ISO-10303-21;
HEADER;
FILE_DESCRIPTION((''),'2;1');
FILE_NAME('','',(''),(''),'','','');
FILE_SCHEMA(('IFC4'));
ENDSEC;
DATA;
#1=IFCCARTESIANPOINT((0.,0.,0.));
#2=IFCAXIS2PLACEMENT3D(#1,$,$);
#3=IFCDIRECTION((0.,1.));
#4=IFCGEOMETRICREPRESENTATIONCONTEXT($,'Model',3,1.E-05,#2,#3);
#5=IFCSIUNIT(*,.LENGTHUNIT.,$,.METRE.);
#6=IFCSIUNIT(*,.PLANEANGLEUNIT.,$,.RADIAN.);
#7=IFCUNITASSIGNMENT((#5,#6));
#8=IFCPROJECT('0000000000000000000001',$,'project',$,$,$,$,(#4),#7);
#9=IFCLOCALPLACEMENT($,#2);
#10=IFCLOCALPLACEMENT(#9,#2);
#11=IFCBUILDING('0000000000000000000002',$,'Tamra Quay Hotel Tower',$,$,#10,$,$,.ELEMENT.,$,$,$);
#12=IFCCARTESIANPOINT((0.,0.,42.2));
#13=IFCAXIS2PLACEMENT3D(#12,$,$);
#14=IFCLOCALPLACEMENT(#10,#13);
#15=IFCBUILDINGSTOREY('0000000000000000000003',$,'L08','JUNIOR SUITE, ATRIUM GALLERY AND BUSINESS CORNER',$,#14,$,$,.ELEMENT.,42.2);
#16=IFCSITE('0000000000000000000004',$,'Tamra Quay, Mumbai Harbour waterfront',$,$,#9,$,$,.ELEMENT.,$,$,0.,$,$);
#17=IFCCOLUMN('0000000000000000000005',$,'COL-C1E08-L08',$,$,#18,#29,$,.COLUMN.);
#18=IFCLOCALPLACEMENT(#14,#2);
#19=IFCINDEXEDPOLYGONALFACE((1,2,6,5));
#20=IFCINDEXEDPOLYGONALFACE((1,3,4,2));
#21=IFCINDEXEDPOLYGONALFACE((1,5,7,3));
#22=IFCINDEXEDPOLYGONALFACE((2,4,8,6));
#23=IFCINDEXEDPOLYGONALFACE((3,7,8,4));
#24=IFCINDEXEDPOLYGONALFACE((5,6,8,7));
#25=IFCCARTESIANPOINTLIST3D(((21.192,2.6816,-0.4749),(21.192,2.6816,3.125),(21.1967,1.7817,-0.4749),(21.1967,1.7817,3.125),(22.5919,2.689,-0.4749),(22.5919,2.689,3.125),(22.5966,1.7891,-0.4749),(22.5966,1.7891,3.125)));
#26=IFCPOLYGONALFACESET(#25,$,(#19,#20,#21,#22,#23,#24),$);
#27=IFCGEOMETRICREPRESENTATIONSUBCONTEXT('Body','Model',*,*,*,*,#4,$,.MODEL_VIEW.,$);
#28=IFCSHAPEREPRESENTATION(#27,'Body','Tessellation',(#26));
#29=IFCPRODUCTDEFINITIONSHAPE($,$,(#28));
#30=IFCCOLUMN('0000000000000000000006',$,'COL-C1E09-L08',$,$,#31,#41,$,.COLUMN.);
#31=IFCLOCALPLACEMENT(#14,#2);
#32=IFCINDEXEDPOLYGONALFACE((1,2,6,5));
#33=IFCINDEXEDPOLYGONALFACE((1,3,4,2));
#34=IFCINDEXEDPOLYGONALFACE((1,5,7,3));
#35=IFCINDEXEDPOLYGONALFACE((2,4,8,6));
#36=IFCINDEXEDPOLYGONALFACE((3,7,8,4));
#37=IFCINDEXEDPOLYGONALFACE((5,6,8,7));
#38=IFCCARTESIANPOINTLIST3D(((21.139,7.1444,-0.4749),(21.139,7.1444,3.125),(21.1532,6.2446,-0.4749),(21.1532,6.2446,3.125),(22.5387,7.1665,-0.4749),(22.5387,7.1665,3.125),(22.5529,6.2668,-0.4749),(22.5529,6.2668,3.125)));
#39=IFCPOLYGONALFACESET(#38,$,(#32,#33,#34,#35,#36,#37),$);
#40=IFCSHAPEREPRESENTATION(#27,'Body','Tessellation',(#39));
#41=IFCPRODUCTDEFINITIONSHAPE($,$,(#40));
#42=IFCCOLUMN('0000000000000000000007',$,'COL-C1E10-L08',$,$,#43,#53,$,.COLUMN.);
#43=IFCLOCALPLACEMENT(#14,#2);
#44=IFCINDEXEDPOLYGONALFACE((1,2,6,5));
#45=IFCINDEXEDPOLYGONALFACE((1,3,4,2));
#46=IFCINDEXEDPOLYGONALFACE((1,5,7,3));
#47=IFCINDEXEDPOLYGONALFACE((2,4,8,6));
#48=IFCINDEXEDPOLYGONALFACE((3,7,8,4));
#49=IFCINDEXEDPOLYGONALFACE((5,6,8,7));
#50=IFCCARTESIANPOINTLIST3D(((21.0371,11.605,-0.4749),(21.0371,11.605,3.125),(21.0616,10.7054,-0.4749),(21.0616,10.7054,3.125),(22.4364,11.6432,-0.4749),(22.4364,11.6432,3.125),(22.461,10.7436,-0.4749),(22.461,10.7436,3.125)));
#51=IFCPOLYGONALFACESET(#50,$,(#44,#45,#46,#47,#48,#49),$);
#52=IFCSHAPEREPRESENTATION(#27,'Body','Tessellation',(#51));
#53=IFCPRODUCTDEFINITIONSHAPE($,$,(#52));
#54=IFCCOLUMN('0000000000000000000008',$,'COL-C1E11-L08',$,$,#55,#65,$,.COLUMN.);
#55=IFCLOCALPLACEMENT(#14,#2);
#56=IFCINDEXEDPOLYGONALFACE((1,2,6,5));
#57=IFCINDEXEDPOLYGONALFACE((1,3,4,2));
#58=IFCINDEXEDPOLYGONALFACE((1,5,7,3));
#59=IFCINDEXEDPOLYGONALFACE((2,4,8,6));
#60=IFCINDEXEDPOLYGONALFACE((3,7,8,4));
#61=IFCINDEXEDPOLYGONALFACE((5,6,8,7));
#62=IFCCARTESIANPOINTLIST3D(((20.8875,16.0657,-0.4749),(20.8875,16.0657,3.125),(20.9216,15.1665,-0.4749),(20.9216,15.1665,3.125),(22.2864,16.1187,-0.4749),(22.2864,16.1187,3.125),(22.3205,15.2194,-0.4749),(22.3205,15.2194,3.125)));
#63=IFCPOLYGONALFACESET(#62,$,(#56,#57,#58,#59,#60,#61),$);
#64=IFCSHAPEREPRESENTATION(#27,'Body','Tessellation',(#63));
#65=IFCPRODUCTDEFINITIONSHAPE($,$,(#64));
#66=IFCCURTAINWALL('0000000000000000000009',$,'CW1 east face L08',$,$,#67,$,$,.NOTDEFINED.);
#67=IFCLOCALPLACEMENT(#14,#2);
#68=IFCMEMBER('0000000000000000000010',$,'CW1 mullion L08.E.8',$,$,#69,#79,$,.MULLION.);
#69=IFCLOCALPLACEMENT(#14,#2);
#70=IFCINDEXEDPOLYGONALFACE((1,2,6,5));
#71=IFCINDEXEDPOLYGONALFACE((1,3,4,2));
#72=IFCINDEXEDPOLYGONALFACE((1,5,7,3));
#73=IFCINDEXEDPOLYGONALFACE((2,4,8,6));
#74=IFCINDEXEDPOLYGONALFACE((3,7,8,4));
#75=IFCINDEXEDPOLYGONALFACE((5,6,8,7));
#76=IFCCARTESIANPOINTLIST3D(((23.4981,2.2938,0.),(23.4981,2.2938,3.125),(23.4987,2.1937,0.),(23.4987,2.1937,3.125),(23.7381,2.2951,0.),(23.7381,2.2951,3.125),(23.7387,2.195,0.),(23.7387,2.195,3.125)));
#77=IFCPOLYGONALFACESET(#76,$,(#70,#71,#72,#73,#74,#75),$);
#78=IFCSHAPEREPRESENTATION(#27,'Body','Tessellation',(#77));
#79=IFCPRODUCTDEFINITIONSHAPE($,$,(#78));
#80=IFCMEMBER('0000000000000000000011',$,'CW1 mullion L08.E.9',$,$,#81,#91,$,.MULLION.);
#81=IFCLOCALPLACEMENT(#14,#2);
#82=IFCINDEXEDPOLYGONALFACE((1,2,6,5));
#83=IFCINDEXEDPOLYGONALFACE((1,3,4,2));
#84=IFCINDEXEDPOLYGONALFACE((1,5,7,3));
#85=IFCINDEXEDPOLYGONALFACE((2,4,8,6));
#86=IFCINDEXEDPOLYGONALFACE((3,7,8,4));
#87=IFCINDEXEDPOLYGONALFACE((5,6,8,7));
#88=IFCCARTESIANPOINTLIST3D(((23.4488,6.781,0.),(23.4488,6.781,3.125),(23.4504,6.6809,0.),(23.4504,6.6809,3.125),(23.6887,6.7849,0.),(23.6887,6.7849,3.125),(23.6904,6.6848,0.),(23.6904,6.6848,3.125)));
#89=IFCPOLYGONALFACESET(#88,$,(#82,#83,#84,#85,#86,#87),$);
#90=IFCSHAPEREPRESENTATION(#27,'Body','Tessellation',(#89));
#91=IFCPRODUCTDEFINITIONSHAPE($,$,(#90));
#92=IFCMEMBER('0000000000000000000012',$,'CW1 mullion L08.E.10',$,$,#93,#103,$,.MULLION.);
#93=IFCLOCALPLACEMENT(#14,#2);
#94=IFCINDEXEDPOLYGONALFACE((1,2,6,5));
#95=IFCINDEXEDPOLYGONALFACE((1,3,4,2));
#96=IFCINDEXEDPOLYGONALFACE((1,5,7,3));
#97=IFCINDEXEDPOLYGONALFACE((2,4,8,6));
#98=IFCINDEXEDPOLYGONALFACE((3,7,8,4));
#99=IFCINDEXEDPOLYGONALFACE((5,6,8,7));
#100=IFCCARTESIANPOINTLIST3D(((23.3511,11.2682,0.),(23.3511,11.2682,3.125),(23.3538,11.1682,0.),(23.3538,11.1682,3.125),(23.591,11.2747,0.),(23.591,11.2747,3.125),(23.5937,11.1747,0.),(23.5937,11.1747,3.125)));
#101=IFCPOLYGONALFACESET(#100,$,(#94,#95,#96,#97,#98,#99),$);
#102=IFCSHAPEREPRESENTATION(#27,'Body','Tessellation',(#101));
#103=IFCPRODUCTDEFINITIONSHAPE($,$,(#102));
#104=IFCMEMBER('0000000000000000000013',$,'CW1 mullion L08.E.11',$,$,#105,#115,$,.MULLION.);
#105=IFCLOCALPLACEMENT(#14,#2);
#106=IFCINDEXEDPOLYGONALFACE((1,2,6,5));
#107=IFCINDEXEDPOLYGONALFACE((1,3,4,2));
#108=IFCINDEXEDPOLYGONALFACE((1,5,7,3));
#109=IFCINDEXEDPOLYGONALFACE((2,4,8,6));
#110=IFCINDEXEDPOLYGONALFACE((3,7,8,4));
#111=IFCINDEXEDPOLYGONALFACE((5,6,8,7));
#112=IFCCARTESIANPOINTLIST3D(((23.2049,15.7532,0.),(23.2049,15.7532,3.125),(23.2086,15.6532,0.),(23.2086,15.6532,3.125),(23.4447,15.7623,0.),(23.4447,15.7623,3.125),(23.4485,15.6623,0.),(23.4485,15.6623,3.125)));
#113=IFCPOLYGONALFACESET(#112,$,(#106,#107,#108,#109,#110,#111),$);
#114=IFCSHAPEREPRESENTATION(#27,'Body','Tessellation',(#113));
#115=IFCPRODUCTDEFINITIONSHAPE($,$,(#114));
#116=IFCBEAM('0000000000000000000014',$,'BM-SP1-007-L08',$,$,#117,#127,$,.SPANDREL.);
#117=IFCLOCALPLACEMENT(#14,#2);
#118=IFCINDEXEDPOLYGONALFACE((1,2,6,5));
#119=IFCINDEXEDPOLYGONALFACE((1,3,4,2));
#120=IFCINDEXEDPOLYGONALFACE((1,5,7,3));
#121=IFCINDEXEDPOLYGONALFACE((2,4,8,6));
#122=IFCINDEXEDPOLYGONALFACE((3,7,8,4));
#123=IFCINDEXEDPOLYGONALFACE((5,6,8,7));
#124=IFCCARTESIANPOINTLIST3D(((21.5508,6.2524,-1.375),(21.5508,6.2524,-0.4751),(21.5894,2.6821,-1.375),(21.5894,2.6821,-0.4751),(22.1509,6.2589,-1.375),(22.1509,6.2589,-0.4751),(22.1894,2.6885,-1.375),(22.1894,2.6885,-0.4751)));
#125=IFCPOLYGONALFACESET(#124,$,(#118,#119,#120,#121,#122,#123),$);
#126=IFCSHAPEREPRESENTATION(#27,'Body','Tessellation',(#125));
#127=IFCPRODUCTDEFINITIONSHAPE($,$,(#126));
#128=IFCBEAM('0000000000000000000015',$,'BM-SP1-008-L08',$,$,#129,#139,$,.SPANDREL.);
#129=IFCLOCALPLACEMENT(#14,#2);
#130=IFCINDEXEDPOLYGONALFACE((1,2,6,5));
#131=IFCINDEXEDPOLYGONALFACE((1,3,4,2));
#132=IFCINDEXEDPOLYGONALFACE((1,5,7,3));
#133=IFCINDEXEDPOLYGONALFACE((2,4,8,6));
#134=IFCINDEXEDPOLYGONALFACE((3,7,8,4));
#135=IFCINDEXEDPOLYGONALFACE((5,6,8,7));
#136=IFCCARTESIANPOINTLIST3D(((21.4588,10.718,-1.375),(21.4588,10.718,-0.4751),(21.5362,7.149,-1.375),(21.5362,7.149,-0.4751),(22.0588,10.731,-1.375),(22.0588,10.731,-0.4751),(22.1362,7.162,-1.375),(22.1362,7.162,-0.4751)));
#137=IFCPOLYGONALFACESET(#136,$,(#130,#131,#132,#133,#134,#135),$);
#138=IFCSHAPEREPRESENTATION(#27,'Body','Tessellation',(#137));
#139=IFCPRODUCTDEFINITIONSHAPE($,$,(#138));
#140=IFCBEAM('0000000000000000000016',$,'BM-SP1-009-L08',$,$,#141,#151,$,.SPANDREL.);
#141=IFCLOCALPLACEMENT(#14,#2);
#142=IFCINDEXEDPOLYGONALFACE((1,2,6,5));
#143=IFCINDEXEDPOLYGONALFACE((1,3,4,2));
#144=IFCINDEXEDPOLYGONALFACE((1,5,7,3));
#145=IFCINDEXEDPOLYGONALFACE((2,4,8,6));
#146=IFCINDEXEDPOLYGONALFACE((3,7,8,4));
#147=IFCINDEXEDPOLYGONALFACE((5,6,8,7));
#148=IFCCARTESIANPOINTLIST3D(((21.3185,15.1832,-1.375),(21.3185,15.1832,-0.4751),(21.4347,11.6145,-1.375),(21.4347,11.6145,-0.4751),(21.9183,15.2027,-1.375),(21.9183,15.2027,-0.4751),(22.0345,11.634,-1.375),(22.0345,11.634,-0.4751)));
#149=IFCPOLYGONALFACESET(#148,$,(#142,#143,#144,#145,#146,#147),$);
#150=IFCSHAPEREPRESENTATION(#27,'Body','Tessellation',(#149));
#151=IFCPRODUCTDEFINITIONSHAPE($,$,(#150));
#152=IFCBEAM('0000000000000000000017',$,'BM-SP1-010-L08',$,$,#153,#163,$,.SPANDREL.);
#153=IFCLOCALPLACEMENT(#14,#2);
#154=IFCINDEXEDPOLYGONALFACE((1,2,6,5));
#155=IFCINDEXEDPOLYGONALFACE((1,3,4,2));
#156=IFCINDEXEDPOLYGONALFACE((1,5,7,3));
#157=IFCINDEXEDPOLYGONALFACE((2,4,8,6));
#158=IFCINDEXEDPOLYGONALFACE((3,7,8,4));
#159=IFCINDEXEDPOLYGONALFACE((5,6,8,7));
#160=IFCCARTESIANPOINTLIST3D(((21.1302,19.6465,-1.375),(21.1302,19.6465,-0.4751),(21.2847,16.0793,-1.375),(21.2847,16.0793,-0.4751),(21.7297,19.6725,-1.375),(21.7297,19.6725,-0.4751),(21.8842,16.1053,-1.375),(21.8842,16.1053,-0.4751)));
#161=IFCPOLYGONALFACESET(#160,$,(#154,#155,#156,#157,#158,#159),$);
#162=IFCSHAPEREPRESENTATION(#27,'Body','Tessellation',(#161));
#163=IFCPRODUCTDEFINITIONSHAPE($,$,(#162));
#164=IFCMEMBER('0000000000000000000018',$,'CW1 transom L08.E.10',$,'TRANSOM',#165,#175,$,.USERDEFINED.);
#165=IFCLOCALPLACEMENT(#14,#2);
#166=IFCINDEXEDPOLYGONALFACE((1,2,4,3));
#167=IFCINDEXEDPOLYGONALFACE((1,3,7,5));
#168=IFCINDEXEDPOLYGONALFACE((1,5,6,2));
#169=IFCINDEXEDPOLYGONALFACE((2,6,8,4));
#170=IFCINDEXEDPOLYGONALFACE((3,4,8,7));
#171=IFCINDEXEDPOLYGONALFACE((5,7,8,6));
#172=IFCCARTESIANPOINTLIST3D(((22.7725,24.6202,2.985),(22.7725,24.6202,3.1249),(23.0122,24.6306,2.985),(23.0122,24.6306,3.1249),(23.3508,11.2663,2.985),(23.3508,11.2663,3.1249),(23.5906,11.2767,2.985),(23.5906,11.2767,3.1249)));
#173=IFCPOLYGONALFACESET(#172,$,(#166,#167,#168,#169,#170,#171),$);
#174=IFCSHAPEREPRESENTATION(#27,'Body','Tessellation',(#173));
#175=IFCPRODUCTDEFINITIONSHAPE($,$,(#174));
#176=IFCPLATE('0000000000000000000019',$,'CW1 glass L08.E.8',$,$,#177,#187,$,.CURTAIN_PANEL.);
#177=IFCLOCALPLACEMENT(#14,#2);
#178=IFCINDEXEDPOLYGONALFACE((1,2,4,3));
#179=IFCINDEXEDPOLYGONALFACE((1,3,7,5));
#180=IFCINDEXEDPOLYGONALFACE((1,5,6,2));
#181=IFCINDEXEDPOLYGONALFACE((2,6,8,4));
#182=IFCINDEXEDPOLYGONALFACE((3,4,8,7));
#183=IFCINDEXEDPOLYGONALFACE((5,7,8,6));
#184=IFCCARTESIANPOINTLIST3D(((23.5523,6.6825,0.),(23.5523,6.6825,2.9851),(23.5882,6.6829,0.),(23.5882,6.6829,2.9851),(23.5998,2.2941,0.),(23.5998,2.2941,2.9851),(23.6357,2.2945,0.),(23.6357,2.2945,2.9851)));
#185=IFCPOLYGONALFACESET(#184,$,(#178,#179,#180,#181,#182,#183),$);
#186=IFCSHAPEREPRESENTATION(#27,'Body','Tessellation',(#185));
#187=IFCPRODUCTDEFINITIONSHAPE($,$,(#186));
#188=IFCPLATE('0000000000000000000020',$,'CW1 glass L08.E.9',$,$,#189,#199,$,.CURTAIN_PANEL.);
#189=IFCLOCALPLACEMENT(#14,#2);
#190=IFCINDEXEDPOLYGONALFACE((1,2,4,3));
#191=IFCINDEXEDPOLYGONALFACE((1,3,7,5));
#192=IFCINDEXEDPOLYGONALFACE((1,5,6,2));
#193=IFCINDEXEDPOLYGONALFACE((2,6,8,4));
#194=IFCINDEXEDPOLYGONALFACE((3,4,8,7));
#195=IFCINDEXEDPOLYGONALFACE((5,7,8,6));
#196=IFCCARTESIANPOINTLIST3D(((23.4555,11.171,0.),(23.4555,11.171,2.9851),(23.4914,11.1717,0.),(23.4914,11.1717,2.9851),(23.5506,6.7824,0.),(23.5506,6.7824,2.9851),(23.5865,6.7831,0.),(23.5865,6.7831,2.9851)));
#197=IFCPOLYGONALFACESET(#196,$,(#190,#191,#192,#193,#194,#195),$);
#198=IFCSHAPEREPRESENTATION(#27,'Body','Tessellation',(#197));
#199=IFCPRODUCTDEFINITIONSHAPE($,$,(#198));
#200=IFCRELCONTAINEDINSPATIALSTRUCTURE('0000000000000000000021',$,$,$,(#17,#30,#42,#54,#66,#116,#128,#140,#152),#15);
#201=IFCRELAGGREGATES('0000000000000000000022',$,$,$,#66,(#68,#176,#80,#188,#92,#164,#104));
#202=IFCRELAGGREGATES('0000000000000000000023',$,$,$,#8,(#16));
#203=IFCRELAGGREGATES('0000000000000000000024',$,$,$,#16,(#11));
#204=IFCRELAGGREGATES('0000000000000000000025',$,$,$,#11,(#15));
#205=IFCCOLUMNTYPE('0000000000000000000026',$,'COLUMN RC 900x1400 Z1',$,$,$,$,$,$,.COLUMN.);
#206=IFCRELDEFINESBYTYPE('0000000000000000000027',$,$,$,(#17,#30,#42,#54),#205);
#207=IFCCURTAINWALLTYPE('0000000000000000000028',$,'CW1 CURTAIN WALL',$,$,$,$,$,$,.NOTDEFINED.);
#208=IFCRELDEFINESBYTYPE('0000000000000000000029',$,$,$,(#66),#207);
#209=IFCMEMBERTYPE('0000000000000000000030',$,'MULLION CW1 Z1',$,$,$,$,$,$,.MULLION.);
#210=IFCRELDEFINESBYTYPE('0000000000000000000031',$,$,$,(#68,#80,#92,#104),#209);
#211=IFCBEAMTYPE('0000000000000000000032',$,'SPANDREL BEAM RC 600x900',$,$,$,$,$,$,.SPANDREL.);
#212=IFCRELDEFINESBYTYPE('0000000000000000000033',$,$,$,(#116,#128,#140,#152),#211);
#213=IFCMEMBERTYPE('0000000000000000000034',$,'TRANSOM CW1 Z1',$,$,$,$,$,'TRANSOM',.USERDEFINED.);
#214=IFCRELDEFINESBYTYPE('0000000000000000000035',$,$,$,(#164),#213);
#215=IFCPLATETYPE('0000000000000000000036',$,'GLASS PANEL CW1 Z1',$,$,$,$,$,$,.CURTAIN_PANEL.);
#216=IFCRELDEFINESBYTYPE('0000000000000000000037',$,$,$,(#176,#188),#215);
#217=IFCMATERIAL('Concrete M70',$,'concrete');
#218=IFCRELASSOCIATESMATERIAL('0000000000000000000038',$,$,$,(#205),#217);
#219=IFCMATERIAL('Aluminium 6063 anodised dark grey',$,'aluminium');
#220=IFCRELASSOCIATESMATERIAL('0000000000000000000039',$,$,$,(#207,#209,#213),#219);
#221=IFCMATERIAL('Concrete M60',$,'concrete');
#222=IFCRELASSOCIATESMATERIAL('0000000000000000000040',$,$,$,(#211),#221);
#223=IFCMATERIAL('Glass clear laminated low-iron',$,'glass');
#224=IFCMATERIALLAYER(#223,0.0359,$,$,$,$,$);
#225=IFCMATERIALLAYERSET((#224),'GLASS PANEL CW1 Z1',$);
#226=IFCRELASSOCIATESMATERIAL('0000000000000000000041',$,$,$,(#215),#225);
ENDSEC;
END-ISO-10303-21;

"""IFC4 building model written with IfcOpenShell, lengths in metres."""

from ifc_helpers import new_model, si_unit, direction, frame, origin, origin_2d, place, context, subcontext, project, spatial, rectangle, extrude, material, layer, layer_set, material_profile, profile_set, type_object, element, aggregate, save


model = new_model("IFC4")

# Units and contexts
model_context = context("Model", 3, precision=1e-05, world=origin(), true_north=direction((0.0, 1.0)))
body_context = subcontext(model_context, "Body", "Model", "MODEL_VIEW")
ifc_project = project(units=[si_unit("LENGTHUNIT", "METRE"), si_unit("PLANEANGLEUNIT", "RADIAN")], contexts=[model_context])

# Site, building, storey
site_placement = place(None, origin())
site = spatial("IfcSite", under=ifc_project, at=site_placement, Name="Tamra Quay, Mumbai Harbour waterfront", CompositionType="ELEMENT", RefElevation=0.0)
building_placement = place(site_placement, origin())
building = spatial("IfcBuilding", under=site, at=building_placement, Name="Tamra Quay Hotel Tower", CompositionType="ELEMENT")
storey_placement = place(building_placement, frame((0.0, 0.0, 42.2)))
storey = spatial("IfcBuildingStorey", under=building, at=storey_placement, Name="L08", Description="JUNIOR SUITE, ATRIUM GALLERY AND BUSINESS CORNER", CompositionType="ELEMENT", Elevation=42.2)

# Columns
ifc_material_1 = material(Name="Concrete M70", Category="concrete")
ifc_material_profile_1 = material_profile(ifc_material_1, rectangle(XDim=1.3999, YDim=0.8999, at=origin_2d()), Name="COLUMN RC 900x1400 Z1")
ifc_profile_set_1 = profile_set([ifc_material_profile_1], Name="Concrete M70")
column_type = type_object("IfcColumnType", Name="COLUMN RC 900x1400 Z1", PredefinedType="COLUMN", material=ifc_profile_set_1)
for number, where, z_axis, x_axis, name in (
    (1, (21.8943, 2.2354, -0.4749), (0.0, 0.0, 1.0), (0.999986, 0.00528, 0.0), "COL-C1E08-L08"),
    (2, (21.8459, 6.7056, -0.4749), (0.0, 0.0, 1.0), (0.999875, 0.015838, 0.0), "COL-C1E09-L08"),
    (3, (21.749, 11.1743, -0.4749), (0.0, 0.0, 1.0), (0.999628, 0.027269, 0.0), "COL-C1E10-L08"),
    (4, (21.604, 15.6426, -0.4749), (0.0, 0.0, 1.0), (0.999285, 0.037812, 0.0), "COL-C1E11-L08"),
):
    element("IfcColumn", number, at=place(storey_placement, frame(where, z_axis=z_axis, x_axis=x_axis)), inside=storey, type_object=column_type, Name=name, PredefinedType="COLUMN", context=body_context, shape_type="SweptSolid", body=[
        extrude(rectangle(XDim=1.3999, YDim=0.8999, at=origin_2d()), origin(), (0.0, 0.0, 1.0), 3.5999),
    ])

# Curtain wall, members
ifc_material_2 = material(Name="Aluminium 6063 anodised dark grey", Category="aluminium")
curtain_wall_type = type_object("IfcCurtainWallType", Name="CW1 CURTAIN WALL", PredefinedType="NOTDEFINED", material=ifc_material_2)
curtain_wall_placement = place(storey_placement, origin())
curtain_wall = element("IfcCurtainWall", 5, at=curtain_wall_placement, inside=storey, type_object=curtain_wall_type, Name="CW1 east face L08", PredefinedType="NOTDEFINED")
ifc_material_profile_2 = material_profile(ifc_material_2, rectangle(XDim=0.24, YDim=0.1001, at=origin_2d()), Name="MULLION 100X240")
ifc_profile_set_2 = profile_set([ifc_material_profile_2], Name="Aluminium 6063 anodised dark grey")
member_type_1 = type_object("IfcMemberType", Name="MULLION CW1 Z1", PredefinedType="MULLION", material=ifc_profile_set_2)
member_1_placement = place(storey_placement, frame((23.6184, 2.2444, 0.0), z_axis=(0.0, 0.0, 1.0), x_axis=(0.999985, 0.005418, 0.0)))
member_1 = element("IfcMember", 6, at=member_1_placement, type_object=member_type_1, Name="CW1 mullion L08.E.8", PredefinedType="MULLION", context=body_context, shape_type="SweptSolid", body=[
    extrude(rectangle(XDim=0.24, YDim=0.1001, at=origin_2d()), origin(), (0.0, 0.0, 1.0), 3.125),
])
member_2_placement = place(storey_placement, frame((23.5696, 6.7329, 0.0), z_axis=(0.0, 0.0, 1.0), x_axis=(0.999868, 0.016247, 0.0)))
member_2 = element("IfcMember", 7, at=member_2_placement, type_object=member_type_1, Name="CW1 mullion L08.E.9", PredefinedType="MULLION", context=body_context, shape_type="SweptSolid", body=[
    extrude(rectangle(XDim=0.24, YDim=0.1001, at=origin_2d()), origin(), (0.0, 0.0, 1.0), 3.125),
])
member_3_placement = place(storey_placement, frame((23.4724, 11.2214, 0.0), z_axis=(0.0, 0.0, 1.0), x_axis=(0.999634, 0.027067, 0.0)))
member_3 = element("IfcMember", 8, at=member_3_placement, type_object=member_type_1, Name="CW1 mullion L08.E.10", PredefinedType="MULLION", context=body_context, shape_type="SweptSolid", body=[
    extrude(rectangle(XDim=0.24, YDim=0.1001, at=origin_2d()), origin(), (0.0, 0.0, 1.0), 3.125),
])
member_4_placement = place(storey_placement, frame((23.3267, 15.7078, 0.0), z_axis=(0.0, 0.0, 1.0), x_axis=(0.999282, 0.037881, 0.0)))
member_4 = element("IfcMember", 9, at=member_4_placement, type_object=member_type_1, Name="CW1 mullion L08.E.11", PredefinedType="MULLION", context=body_context, shape_type="SweptSolid", body=[
    extrude(rectangle(XDim=0.24, YDim=0.1001, at=origin_2d()), origin(), (0.0, 0.0, 1.0), 3.125),
])

# Beams
ifc_material_3 = material(Name="Concrete M60", Category="concrete")
ifc_material_profile_3 = material_profile(ifc_material_3, rectangle(XDim=0.6001, YDim=0.8999, at=origin_2d()), Name="SPANDREL BEAM RC 600x900")
ifc_profile_set_3 = profile_set([ifc_material_profile_3], Name="Concrete M60")
beam_type = type_object("IfcBeamType", Name="SPANDREL BEAM RC 600x900", PredefinedType="SPANDREL", material=ifc_profile_set_3)
beam_1_placement = place(storey_placement, frame((21.8894, 2.6853, -0.925), z_axis=(-0.010804, 0.999942, 0.0), x_axis=(-0.999942, -0.010804, 0.0)))
element("IfcBeam", 10, at=beam_1_placement, inside=storey, type_object=beam_type, Name="BM-SP1-007-L08", PredefinedType="SPANDREL", context=body_context, shape_type="SweptSolid", body=[
    extrude(rectangle(XDim=0.6001, YDim=0.8999, at=origin_2d()), origin(), (0.0, 0.0, 1.0), 3.5706),
])
beam_2_placement = place(storey_placement, frame((21.8362, 7.1555, -0.925), z_axis=(-0.021679, 0.999765, 0.0), x_axis=(-0.999765, -0.021679, 0.0)))
element("IfcBeam", 11, at=beam_2_placement, inside=storey, type_object=beam_type, Name="BM-SP1-008-L08", PredefinedType="SPANDREL", context=body_context, shape_type="SweptSolid", body=[
    extrude(rectangle(XDim=0.6001, YDim=0.8999, at=origin_2d()), origin(), (0.0, 0.0, 1.0), 3.5698),
])
for number, where, z_axis, x_axis, name in (
    (12, (21.7346, 11.6243, -0.925), (-0.032548, 0.99947, 0.0), (-0.99947, -0.032548, 0.0), "BM-SP1-009-L08"),
    (13, (21.5845, 16.0923, -0.925), (-0.043283, 0.999063, 0.0), (-0.999063, -0.043283, 0.0), "BM-SP1-010-L08"),
):
    element("IfcBeam", number, at=place(storey_placement, frame(where, z_axis=z_axis, x_axis=x_axis)), inside=storey, type_object=beam_type, Name=name, PredefinedType="SPANDREL", context=body_context, shape_type="SweptSolid", body=[
        extrude(rectangle(XDim=0.6001, YDim=0.8999, at=origin_2d()), origin(), (0.0, 0.0, 1.0), 3.5706),
    ])

# Member
ifc_material_profile_4 = material_profile(ifc_material_2, rectangle(XDim=0.24, YDim=0.1399, at=origin_2d()), Name="TRANSOM 240X140")
ifc_profile_set_4 = profile_set([ifc_material_profile_4], Name="Aluminium 6063 anodised dark grey")
member_type_2 = type_object("IfcMemberType", Name="TRANSOM CW1 Z1", ElementType="TRANSOM", PredefinedType="USERDEFINED", material=ifc_profile_set_4)
member_5_placement = place(storey_placement, frame((23.4707, 11.2715, 3.0549), z_axis=(-0.04327, 0.999063, 0.0), x_axis=(-0.999063, -0.04327, 0.0)))
member_5 = element("IfcMember", 14, at=member_5_placement, type_object=member_type_2, Name="CW1 transom L08.E.10", ObjectType="TRANSOM", PredefinedType="USERDEFINED", context=body_context, shape_type="SweptSolid", body=[
    extrude(rectangle(XDim=0.24, YDim=0.1399, at=origin_2d()), origin(), (0.0, 0.0, 1.0), 13.3665),
])

# Plates
ifc_material_4 = material(Name="Glass clear laminated low-iron", Category="glass")
ifc_layer_1 = layer(ifc_material_4, 0.0359)
ifc_layer_set_1 = layer_set([ifc_layer_1], Name="GLASS PANEL CW1 Z1")
plate_type = type_object("IfcPlateType", Name="GLASS PANEL CW1 Z1", PredefinedType="CURTAIN_PANEL", material=ifc_layer_set_1)
plate_1_placement = place(storey_placement, frame((23.594, 4.4885, 0.0), z_axis=(0.0, 0.0, 1.0), x_axis=(-0.010836, 0.999941, 0.0)))
plate_1 = element("IfcPlate", 15, at=plate_1_placement, type_object=plate_type, Name="CW1 glass L08.E.8", PredefinedType="CURTAIN_PANEL", context=body_context, shape_type="SweptSolid", body=[
    extrude(rectangle(XDim=4.3887, YDim=0.0359, at=origin_2d()), origin(), (0.0, 0.0, 1.0), 2.9851),
])
plate_2_placement = place(storey_placement, frame((23.521, 8.9771, 0.0), z_axis=(0.0, 0.0, 1.0), x_axis=(-0.021658, 0.999765, 0.0)))
plate_2 = element("IfcPlate", 16, at=plate_2_placement, type_object=plate_type, Name="CW1 glass L08.E.9", PredefinedType="CURTAIN_PANEL", context=body_context, shape_type="SweptSolid", body=[
    extrude(rectangle(XDim=4.3896, YDim=0.0359, at=origin_2d()), origin(), (0.0, 0.0, 1.0), 2.9851),
])
aggregate(curtain_wall, [member_1, plate_1, member_2, plate_2, member_3, member_5, member_4])

save(model, "model.ifc")
